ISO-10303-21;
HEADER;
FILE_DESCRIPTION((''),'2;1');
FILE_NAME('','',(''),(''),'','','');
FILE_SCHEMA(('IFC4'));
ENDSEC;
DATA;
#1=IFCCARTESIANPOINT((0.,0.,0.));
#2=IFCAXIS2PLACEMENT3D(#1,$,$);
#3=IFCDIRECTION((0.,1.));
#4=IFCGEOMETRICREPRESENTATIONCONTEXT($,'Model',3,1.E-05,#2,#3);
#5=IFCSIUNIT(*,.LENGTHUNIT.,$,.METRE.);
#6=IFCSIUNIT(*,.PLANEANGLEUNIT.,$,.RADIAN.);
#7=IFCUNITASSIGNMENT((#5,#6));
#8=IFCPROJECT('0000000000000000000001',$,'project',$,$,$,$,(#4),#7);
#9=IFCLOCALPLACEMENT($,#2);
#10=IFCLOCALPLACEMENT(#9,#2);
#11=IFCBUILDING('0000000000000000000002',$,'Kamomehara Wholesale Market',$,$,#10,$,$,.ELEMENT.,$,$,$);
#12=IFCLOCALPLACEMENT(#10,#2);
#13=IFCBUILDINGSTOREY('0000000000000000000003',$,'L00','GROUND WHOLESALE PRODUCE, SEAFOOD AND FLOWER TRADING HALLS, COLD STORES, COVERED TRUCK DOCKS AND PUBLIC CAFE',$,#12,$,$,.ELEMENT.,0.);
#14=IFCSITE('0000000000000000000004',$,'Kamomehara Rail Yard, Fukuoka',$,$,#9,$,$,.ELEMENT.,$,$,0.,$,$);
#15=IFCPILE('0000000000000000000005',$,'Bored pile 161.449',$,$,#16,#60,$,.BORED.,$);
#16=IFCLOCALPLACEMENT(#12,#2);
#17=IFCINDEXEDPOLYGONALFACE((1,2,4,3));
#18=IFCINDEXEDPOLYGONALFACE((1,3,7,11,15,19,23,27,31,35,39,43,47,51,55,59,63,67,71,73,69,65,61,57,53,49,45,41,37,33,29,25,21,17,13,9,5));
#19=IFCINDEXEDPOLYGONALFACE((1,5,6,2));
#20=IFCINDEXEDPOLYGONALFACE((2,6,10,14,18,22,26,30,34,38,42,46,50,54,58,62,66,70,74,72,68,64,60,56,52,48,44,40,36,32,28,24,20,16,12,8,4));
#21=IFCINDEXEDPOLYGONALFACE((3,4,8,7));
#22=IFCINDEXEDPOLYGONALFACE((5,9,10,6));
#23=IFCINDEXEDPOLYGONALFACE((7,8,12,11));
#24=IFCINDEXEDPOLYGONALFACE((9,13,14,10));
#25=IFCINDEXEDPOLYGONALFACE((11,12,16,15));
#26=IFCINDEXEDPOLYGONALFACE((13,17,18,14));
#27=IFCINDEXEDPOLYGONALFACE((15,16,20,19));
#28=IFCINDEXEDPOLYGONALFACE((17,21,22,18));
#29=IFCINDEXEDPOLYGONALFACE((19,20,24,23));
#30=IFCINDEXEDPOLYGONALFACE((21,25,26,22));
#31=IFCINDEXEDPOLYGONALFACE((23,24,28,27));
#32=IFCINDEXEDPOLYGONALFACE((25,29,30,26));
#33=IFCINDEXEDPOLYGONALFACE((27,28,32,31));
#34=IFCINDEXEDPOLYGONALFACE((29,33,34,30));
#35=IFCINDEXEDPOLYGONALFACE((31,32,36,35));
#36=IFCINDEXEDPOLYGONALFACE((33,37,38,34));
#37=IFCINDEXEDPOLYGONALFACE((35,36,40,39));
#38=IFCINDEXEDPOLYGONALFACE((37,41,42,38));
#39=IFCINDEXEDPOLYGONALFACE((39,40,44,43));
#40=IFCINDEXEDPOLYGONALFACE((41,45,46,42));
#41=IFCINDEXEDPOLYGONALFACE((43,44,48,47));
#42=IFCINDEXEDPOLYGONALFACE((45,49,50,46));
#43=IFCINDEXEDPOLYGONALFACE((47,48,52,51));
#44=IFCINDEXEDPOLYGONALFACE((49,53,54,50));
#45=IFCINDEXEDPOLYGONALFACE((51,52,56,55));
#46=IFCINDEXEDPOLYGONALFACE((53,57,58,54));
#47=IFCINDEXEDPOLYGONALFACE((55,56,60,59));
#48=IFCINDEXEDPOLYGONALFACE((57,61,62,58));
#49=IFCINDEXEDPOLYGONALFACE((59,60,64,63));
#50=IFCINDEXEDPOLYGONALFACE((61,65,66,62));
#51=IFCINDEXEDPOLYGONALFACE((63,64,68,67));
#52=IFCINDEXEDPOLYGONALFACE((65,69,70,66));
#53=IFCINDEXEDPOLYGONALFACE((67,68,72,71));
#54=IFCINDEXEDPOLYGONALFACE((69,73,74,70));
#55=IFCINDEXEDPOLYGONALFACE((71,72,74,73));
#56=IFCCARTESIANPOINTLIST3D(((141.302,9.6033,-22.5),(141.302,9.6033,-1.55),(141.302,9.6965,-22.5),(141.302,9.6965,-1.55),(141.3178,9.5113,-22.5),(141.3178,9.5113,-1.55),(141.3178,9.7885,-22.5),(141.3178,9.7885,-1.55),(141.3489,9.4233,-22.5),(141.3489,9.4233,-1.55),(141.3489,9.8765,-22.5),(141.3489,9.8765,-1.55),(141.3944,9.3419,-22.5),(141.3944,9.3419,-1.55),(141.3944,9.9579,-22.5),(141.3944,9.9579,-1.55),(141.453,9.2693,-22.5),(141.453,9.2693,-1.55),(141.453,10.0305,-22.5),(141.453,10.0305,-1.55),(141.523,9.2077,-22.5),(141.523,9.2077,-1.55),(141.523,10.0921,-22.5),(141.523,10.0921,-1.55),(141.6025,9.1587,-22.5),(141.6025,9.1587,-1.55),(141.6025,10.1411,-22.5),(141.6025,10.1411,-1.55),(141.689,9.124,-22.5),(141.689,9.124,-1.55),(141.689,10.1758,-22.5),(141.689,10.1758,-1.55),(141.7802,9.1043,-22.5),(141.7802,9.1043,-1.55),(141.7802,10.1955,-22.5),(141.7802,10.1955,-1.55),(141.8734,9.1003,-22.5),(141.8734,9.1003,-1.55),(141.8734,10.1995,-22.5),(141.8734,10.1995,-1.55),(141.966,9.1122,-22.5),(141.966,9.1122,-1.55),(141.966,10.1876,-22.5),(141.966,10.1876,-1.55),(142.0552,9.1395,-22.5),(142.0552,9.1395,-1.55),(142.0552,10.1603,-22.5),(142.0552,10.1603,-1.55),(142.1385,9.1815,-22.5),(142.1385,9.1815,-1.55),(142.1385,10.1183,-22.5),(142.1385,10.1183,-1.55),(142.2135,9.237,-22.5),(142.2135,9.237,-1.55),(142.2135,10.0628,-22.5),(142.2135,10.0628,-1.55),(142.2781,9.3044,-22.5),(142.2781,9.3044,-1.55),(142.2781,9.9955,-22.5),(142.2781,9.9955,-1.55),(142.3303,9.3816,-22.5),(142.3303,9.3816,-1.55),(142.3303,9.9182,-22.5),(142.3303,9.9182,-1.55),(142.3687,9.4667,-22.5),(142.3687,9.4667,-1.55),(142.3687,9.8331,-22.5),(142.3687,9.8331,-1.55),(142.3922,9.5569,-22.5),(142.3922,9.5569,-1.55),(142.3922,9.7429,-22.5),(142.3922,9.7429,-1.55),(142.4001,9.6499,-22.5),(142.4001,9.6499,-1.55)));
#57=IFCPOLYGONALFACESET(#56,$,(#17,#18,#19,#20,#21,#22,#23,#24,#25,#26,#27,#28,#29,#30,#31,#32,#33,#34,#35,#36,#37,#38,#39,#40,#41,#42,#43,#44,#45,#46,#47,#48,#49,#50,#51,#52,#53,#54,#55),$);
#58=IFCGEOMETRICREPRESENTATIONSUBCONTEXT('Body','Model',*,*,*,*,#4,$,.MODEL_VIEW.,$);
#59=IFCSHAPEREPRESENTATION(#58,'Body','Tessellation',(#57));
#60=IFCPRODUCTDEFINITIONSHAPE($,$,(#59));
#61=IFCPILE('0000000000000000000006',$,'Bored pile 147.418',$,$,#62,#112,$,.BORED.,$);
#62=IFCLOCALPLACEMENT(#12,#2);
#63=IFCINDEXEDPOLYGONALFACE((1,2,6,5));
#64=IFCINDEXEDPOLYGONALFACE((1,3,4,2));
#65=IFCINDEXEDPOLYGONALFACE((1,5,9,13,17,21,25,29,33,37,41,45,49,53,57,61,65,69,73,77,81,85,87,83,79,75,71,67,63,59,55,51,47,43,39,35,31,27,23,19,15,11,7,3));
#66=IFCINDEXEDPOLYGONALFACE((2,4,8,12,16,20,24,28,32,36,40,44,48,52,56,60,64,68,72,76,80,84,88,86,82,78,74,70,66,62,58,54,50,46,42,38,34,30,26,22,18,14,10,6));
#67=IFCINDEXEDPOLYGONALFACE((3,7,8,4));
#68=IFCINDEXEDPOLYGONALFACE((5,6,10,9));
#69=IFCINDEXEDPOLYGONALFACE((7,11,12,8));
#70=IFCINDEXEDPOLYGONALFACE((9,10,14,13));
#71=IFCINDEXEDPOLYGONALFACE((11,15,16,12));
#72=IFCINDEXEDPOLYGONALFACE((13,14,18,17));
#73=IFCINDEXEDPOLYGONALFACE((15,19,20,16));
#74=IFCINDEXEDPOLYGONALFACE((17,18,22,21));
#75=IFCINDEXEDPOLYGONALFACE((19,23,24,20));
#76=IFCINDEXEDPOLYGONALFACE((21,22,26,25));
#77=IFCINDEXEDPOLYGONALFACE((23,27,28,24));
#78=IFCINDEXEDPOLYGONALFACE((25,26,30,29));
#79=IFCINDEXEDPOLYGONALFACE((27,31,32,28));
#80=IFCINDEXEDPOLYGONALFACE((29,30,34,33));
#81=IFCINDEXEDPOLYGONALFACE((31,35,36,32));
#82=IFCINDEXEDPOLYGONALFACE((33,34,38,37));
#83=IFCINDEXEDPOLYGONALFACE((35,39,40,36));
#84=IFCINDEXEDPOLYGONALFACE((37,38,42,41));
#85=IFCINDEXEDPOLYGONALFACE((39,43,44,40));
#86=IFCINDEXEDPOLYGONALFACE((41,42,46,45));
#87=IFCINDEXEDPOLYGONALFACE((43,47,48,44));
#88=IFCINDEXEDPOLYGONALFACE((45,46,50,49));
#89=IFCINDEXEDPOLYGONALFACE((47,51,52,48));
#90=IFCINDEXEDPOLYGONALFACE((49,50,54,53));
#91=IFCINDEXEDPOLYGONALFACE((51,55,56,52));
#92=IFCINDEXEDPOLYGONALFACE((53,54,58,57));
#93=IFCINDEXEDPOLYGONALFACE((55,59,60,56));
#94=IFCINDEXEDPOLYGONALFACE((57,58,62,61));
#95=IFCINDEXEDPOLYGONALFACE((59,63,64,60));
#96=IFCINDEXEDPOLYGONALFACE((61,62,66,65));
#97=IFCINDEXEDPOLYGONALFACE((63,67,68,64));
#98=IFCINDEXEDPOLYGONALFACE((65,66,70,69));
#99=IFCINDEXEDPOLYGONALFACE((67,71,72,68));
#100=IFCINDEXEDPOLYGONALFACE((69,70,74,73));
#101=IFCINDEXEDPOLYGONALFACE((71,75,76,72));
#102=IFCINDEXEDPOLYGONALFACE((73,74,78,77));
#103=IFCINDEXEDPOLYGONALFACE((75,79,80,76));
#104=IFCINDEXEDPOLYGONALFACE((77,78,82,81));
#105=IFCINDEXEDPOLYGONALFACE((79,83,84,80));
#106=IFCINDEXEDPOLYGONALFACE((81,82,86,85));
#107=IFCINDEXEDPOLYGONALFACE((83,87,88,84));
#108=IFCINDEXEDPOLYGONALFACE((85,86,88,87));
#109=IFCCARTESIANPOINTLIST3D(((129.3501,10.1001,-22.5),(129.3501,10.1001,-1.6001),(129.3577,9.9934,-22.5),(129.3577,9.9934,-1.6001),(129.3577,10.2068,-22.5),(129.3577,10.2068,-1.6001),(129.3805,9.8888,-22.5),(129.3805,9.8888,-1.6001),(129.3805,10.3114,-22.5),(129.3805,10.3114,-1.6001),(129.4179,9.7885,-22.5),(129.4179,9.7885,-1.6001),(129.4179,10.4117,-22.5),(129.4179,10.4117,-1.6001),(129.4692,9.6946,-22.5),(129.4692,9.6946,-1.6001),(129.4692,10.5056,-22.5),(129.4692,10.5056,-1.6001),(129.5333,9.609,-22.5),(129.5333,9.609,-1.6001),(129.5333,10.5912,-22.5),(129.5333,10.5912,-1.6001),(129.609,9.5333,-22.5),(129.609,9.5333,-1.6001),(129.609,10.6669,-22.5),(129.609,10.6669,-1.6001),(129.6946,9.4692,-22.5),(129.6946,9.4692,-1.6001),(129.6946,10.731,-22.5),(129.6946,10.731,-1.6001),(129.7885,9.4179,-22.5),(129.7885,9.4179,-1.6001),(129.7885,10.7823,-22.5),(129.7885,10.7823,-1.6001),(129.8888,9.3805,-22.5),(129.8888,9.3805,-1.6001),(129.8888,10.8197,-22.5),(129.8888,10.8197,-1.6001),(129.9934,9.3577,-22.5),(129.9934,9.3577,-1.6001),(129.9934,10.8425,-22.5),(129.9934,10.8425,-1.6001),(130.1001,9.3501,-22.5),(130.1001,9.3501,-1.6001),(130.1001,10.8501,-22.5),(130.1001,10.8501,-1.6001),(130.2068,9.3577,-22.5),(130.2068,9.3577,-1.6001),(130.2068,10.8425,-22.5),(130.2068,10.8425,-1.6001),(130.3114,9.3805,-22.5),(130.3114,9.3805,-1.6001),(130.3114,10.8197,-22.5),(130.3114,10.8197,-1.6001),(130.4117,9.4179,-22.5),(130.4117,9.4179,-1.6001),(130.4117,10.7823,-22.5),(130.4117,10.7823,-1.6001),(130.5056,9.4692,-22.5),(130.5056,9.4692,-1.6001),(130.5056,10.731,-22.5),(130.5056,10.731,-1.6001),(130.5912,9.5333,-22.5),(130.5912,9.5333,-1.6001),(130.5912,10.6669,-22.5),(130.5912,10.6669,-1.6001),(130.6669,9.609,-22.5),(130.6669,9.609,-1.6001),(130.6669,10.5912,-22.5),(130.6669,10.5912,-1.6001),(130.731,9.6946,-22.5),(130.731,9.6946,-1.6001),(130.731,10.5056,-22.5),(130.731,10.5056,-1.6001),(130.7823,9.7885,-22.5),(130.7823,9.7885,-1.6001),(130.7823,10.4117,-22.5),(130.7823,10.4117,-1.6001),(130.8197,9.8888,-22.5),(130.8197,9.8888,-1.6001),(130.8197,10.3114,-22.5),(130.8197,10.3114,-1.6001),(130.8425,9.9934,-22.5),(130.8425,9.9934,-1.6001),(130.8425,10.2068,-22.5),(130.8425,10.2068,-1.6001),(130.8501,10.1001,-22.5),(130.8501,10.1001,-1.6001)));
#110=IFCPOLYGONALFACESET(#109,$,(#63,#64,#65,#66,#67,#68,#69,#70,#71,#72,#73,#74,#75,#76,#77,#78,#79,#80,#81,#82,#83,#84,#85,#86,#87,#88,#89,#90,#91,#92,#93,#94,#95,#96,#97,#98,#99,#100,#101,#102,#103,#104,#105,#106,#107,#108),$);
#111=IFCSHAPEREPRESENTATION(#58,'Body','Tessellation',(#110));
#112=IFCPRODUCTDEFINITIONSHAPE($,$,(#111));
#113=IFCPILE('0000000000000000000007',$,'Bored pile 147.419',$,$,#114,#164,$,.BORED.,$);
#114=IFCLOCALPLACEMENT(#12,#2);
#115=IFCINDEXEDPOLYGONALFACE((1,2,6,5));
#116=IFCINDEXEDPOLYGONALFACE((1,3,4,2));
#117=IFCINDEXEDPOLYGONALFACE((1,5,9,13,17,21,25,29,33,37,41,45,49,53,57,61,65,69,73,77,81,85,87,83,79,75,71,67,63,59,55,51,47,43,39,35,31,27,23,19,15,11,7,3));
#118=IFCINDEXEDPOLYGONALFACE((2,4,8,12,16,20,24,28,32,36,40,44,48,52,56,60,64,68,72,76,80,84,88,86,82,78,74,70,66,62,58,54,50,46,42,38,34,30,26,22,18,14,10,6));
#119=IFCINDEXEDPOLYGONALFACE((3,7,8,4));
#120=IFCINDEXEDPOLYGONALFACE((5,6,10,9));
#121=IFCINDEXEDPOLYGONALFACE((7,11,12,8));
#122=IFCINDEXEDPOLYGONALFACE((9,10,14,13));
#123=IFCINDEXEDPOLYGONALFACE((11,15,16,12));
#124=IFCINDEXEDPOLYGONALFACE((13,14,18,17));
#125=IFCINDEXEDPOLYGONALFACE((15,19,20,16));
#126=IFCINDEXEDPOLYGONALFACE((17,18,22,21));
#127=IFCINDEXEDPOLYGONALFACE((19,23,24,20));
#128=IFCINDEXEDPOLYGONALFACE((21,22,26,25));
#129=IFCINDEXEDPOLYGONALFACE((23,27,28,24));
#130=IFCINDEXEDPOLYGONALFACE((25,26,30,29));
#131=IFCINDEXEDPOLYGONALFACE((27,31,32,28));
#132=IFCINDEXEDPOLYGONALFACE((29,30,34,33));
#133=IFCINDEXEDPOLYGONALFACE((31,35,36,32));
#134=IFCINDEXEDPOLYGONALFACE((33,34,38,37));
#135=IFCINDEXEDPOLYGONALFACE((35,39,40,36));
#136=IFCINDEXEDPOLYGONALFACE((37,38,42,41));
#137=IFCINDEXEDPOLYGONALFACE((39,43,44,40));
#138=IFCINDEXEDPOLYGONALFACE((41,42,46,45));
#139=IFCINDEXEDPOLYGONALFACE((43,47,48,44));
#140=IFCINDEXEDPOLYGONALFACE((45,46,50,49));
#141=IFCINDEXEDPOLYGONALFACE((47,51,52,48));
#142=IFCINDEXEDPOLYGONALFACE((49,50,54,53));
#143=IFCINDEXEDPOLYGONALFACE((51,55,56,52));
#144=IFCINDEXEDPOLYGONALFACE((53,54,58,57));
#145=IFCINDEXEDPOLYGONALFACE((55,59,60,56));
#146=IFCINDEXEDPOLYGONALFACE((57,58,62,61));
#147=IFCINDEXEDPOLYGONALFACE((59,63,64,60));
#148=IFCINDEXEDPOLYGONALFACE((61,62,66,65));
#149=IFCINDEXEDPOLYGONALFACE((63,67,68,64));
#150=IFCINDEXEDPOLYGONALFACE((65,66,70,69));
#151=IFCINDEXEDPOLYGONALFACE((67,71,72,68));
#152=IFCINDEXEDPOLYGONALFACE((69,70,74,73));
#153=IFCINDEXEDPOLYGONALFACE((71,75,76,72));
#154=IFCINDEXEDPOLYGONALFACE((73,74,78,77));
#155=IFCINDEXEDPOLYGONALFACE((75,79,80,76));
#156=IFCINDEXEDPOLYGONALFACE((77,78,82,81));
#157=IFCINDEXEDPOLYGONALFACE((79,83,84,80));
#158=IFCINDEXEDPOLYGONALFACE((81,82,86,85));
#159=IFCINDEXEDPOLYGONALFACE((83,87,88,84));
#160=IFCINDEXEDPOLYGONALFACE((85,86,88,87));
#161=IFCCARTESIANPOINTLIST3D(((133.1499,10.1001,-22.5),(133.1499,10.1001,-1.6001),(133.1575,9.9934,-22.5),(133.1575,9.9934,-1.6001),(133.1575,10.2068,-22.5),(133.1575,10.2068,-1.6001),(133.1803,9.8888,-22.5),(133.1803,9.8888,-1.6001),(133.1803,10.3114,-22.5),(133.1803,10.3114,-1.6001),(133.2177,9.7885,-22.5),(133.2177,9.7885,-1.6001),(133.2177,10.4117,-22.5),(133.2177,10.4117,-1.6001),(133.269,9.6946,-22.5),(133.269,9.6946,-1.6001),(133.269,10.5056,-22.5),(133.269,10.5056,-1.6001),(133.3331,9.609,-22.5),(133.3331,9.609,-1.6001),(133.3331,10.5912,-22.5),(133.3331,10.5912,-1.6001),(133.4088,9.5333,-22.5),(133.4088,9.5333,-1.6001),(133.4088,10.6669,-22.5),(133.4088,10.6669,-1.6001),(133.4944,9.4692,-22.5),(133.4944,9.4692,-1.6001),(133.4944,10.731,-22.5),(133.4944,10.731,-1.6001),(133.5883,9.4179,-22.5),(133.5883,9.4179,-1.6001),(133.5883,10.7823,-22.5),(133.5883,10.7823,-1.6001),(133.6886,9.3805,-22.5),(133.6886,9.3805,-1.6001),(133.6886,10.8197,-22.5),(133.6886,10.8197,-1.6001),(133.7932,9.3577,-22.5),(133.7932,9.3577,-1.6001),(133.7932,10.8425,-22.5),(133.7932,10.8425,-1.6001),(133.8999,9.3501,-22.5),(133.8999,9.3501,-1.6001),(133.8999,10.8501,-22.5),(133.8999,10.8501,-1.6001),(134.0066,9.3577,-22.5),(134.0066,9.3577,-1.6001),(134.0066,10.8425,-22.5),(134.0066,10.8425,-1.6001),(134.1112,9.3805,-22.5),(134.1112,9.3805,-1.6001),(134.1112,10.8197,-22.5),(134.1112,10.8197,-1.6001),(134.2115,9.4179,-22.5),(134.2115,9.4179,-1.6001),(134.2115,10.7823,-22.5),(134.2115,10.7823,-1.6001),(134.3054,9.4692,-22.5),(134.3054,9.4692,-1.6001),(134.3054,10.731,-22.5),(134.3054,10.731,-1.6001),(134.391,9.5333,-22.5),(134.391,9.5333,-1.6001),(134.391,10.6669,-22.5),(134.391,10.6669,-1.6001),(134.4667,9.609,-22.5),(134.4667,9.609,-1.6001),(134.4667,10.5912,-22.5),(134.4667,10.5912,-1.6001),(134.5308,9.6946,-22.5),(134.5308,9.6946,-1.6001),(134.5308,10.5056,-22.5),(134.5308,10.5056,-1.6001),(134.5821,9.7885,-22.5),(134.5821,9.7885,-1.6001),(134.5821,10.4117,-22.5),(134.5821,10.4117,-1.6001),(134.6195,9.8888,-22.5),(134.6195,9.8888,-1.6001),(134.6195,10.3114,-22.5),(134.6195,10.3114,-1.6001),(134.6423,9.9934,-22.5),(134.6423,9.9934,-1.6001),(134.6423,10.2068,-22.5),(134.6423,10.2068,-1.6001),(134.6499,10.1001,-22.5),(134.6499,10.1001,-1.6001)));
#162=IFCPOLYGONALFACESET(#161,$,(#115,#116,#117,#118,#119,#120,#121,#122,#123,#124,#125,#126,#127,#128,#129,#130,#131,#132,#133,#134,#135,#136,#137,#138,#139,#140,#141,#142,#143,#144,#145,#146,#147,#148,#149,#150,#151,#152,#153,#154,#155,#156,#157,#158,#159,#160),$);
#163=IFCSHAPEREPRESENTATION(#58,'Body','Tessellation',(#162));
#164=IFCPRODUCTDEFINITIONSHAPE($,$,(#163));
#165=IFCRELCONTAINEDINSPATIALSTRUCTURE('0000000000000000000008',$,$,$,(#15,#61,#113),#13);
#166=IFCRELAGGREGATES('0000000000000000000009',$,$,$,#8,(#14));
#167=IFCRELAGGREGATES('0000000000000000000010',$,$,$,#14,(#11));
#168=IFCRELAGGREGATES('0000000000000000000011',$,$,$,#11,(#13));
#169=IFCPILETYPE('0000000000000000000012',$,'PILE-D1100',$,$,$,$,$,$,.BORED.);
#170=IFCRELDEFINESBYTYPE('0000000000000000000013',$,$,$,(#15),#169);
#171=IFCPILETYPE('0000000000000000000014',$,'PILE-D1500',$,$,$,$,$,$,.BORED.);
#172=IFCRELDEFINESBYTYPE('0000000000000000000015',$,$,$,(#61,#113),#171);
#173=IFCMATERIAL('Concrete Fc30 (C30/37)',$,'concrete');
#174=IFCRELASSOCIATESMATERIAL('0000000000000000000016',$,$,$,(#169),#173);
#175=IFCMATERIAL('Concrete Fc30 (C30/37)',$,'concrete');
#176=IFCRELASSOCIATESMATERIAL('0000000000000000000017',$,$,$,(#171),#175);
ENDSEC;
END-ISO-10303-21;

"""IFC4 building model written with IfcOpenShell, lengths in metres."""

from ifc_helpers import new_model, si_unit, direction, frame, origin, origin_2d, place, context, subcontext, project, spatial, circle, extrude, material, material_profile, profile_set, type_object, element, save


model = new_model("IFC4")

# Units and contexts
model_context = context("Model", 3, precision=1e-05, world=origin(), true_north=direction((0.0, 1.0)))
body_context = subcontext(model_context, "Body", "Model", "MODEL_VIEW")
ifc_project = project(units=[si_unit("LENGTHUNIT", "METRE"), si_unit("PLANEANGLEUNIT", "RADIAN")], contexts=[model_context])

# Site, building, storey
site_placement = place(None, origin())
site = spatial("IfcSite", under=ifc_project, at=site_placement, Name="Kamomehara Rail Yard, Fukuoka", CompositionType="ELEMENT", RefElevation=0.0)
building_placement = place(site_placement, origin())
building = spatial("IfcBuilding", under=site, at=building_placement, Name="Kamomehara Wholesale Market", CompositionType="ELEMENT")
storey_placement = place(building_placement, origin())
storey = spatial("IfcBuildingStorey", under=building, at=storey_placement, Name="L00", Description="GROUND WHOLESALE PRODUCE, SEAFOOD AND FLOWER TRADING HALLS, COLD STORES, COVERED TRUCK DOCKS AND PUBLIC CAFE", CompositionType="ELEMENT", Elevation=0.0)

# Piles
ifc_material_1 = material(Name="Concrete Fc30 (C30/37)", Category="concrete")
ifc_material_profile_1 = material_profile(ifc_material_1, circle(Radius=0.55, at=origin_2d()), Name="RC-PILE-D1100")
ifc_profile_set_1 = profile_set([ifc_material_profile_1], Name="Concrete Fc30 (C30/37)")
pile_type_1 = type_object("IfcPileType", Name="PILE-D1100", PredefinedType="BORED", material=ifc_profile_set_1)
for number, where, z_axis, x_axis, name in (
    (1, (141.8501, 9.6499, -1.55), (0.0, 0.0, -1.0), (1.0, 0.0, 0.0), "Bored pile 161.449"),
):
    element("IfcPile", number, at=place(storey_placement, frame(where, z_axis=z_axis, x_axis=x_axis)), inside=storey, type_object=pile_type_1, Name=name, PredefinedType="BORED", context=body_context, shape_type="SweptSolid", body=[
        extrude(circle(Radius=0.55, at=origin_2d()), origin(), (0.0, 0.0, 1.0), 20.95),
    ])
ifc_material_2 = material(Name="Concrete Fc30 (C30/37)", Category="concrete")
ifc_material_profile_2 = material_profile(ifc_material_2, circle(Radius=0.75, at=origin_2d()), Name="RC-PILE-D1500")
ifc_profile_set_2 = profile_set([ifc_material_profile_2], Name="Concrete Fc30 (C30/37)")
pile_type_2 = type_object("IfcPileType", Name="PILE-D1500", PredefinedType="BORED", material=ifc_profile_set_2)
for number, where, z_axis, x_axis, name in (
    (2, (130.1001, 10.1001, -1.6001), (0.0, 0.0, -1.0), (1.0, 0.0, 0.0), "Bored pile 147.418"),
    (3, (133.8999, 10.1001, -1.6001), (0.0, 0.0, -1.0), (1.0, 0.0, 0.0), "Bored pile 147.419"),
):
    element("IfcPile", number, at=place(storey_placement, frame(where, z_axis=z_axis, x_axis=x_axis)), inside=storey, type_object=pile_type_2, Name=name, PredefinedType="BORED", context=body_context, shape_type="SweptSolid", body=[
        extrude(circle(Radius=0.75, at=origin_2d()), origin(), (0.0, 0.0, 1.0), 20.8999),
    ])

save(model, "model.ifc")
